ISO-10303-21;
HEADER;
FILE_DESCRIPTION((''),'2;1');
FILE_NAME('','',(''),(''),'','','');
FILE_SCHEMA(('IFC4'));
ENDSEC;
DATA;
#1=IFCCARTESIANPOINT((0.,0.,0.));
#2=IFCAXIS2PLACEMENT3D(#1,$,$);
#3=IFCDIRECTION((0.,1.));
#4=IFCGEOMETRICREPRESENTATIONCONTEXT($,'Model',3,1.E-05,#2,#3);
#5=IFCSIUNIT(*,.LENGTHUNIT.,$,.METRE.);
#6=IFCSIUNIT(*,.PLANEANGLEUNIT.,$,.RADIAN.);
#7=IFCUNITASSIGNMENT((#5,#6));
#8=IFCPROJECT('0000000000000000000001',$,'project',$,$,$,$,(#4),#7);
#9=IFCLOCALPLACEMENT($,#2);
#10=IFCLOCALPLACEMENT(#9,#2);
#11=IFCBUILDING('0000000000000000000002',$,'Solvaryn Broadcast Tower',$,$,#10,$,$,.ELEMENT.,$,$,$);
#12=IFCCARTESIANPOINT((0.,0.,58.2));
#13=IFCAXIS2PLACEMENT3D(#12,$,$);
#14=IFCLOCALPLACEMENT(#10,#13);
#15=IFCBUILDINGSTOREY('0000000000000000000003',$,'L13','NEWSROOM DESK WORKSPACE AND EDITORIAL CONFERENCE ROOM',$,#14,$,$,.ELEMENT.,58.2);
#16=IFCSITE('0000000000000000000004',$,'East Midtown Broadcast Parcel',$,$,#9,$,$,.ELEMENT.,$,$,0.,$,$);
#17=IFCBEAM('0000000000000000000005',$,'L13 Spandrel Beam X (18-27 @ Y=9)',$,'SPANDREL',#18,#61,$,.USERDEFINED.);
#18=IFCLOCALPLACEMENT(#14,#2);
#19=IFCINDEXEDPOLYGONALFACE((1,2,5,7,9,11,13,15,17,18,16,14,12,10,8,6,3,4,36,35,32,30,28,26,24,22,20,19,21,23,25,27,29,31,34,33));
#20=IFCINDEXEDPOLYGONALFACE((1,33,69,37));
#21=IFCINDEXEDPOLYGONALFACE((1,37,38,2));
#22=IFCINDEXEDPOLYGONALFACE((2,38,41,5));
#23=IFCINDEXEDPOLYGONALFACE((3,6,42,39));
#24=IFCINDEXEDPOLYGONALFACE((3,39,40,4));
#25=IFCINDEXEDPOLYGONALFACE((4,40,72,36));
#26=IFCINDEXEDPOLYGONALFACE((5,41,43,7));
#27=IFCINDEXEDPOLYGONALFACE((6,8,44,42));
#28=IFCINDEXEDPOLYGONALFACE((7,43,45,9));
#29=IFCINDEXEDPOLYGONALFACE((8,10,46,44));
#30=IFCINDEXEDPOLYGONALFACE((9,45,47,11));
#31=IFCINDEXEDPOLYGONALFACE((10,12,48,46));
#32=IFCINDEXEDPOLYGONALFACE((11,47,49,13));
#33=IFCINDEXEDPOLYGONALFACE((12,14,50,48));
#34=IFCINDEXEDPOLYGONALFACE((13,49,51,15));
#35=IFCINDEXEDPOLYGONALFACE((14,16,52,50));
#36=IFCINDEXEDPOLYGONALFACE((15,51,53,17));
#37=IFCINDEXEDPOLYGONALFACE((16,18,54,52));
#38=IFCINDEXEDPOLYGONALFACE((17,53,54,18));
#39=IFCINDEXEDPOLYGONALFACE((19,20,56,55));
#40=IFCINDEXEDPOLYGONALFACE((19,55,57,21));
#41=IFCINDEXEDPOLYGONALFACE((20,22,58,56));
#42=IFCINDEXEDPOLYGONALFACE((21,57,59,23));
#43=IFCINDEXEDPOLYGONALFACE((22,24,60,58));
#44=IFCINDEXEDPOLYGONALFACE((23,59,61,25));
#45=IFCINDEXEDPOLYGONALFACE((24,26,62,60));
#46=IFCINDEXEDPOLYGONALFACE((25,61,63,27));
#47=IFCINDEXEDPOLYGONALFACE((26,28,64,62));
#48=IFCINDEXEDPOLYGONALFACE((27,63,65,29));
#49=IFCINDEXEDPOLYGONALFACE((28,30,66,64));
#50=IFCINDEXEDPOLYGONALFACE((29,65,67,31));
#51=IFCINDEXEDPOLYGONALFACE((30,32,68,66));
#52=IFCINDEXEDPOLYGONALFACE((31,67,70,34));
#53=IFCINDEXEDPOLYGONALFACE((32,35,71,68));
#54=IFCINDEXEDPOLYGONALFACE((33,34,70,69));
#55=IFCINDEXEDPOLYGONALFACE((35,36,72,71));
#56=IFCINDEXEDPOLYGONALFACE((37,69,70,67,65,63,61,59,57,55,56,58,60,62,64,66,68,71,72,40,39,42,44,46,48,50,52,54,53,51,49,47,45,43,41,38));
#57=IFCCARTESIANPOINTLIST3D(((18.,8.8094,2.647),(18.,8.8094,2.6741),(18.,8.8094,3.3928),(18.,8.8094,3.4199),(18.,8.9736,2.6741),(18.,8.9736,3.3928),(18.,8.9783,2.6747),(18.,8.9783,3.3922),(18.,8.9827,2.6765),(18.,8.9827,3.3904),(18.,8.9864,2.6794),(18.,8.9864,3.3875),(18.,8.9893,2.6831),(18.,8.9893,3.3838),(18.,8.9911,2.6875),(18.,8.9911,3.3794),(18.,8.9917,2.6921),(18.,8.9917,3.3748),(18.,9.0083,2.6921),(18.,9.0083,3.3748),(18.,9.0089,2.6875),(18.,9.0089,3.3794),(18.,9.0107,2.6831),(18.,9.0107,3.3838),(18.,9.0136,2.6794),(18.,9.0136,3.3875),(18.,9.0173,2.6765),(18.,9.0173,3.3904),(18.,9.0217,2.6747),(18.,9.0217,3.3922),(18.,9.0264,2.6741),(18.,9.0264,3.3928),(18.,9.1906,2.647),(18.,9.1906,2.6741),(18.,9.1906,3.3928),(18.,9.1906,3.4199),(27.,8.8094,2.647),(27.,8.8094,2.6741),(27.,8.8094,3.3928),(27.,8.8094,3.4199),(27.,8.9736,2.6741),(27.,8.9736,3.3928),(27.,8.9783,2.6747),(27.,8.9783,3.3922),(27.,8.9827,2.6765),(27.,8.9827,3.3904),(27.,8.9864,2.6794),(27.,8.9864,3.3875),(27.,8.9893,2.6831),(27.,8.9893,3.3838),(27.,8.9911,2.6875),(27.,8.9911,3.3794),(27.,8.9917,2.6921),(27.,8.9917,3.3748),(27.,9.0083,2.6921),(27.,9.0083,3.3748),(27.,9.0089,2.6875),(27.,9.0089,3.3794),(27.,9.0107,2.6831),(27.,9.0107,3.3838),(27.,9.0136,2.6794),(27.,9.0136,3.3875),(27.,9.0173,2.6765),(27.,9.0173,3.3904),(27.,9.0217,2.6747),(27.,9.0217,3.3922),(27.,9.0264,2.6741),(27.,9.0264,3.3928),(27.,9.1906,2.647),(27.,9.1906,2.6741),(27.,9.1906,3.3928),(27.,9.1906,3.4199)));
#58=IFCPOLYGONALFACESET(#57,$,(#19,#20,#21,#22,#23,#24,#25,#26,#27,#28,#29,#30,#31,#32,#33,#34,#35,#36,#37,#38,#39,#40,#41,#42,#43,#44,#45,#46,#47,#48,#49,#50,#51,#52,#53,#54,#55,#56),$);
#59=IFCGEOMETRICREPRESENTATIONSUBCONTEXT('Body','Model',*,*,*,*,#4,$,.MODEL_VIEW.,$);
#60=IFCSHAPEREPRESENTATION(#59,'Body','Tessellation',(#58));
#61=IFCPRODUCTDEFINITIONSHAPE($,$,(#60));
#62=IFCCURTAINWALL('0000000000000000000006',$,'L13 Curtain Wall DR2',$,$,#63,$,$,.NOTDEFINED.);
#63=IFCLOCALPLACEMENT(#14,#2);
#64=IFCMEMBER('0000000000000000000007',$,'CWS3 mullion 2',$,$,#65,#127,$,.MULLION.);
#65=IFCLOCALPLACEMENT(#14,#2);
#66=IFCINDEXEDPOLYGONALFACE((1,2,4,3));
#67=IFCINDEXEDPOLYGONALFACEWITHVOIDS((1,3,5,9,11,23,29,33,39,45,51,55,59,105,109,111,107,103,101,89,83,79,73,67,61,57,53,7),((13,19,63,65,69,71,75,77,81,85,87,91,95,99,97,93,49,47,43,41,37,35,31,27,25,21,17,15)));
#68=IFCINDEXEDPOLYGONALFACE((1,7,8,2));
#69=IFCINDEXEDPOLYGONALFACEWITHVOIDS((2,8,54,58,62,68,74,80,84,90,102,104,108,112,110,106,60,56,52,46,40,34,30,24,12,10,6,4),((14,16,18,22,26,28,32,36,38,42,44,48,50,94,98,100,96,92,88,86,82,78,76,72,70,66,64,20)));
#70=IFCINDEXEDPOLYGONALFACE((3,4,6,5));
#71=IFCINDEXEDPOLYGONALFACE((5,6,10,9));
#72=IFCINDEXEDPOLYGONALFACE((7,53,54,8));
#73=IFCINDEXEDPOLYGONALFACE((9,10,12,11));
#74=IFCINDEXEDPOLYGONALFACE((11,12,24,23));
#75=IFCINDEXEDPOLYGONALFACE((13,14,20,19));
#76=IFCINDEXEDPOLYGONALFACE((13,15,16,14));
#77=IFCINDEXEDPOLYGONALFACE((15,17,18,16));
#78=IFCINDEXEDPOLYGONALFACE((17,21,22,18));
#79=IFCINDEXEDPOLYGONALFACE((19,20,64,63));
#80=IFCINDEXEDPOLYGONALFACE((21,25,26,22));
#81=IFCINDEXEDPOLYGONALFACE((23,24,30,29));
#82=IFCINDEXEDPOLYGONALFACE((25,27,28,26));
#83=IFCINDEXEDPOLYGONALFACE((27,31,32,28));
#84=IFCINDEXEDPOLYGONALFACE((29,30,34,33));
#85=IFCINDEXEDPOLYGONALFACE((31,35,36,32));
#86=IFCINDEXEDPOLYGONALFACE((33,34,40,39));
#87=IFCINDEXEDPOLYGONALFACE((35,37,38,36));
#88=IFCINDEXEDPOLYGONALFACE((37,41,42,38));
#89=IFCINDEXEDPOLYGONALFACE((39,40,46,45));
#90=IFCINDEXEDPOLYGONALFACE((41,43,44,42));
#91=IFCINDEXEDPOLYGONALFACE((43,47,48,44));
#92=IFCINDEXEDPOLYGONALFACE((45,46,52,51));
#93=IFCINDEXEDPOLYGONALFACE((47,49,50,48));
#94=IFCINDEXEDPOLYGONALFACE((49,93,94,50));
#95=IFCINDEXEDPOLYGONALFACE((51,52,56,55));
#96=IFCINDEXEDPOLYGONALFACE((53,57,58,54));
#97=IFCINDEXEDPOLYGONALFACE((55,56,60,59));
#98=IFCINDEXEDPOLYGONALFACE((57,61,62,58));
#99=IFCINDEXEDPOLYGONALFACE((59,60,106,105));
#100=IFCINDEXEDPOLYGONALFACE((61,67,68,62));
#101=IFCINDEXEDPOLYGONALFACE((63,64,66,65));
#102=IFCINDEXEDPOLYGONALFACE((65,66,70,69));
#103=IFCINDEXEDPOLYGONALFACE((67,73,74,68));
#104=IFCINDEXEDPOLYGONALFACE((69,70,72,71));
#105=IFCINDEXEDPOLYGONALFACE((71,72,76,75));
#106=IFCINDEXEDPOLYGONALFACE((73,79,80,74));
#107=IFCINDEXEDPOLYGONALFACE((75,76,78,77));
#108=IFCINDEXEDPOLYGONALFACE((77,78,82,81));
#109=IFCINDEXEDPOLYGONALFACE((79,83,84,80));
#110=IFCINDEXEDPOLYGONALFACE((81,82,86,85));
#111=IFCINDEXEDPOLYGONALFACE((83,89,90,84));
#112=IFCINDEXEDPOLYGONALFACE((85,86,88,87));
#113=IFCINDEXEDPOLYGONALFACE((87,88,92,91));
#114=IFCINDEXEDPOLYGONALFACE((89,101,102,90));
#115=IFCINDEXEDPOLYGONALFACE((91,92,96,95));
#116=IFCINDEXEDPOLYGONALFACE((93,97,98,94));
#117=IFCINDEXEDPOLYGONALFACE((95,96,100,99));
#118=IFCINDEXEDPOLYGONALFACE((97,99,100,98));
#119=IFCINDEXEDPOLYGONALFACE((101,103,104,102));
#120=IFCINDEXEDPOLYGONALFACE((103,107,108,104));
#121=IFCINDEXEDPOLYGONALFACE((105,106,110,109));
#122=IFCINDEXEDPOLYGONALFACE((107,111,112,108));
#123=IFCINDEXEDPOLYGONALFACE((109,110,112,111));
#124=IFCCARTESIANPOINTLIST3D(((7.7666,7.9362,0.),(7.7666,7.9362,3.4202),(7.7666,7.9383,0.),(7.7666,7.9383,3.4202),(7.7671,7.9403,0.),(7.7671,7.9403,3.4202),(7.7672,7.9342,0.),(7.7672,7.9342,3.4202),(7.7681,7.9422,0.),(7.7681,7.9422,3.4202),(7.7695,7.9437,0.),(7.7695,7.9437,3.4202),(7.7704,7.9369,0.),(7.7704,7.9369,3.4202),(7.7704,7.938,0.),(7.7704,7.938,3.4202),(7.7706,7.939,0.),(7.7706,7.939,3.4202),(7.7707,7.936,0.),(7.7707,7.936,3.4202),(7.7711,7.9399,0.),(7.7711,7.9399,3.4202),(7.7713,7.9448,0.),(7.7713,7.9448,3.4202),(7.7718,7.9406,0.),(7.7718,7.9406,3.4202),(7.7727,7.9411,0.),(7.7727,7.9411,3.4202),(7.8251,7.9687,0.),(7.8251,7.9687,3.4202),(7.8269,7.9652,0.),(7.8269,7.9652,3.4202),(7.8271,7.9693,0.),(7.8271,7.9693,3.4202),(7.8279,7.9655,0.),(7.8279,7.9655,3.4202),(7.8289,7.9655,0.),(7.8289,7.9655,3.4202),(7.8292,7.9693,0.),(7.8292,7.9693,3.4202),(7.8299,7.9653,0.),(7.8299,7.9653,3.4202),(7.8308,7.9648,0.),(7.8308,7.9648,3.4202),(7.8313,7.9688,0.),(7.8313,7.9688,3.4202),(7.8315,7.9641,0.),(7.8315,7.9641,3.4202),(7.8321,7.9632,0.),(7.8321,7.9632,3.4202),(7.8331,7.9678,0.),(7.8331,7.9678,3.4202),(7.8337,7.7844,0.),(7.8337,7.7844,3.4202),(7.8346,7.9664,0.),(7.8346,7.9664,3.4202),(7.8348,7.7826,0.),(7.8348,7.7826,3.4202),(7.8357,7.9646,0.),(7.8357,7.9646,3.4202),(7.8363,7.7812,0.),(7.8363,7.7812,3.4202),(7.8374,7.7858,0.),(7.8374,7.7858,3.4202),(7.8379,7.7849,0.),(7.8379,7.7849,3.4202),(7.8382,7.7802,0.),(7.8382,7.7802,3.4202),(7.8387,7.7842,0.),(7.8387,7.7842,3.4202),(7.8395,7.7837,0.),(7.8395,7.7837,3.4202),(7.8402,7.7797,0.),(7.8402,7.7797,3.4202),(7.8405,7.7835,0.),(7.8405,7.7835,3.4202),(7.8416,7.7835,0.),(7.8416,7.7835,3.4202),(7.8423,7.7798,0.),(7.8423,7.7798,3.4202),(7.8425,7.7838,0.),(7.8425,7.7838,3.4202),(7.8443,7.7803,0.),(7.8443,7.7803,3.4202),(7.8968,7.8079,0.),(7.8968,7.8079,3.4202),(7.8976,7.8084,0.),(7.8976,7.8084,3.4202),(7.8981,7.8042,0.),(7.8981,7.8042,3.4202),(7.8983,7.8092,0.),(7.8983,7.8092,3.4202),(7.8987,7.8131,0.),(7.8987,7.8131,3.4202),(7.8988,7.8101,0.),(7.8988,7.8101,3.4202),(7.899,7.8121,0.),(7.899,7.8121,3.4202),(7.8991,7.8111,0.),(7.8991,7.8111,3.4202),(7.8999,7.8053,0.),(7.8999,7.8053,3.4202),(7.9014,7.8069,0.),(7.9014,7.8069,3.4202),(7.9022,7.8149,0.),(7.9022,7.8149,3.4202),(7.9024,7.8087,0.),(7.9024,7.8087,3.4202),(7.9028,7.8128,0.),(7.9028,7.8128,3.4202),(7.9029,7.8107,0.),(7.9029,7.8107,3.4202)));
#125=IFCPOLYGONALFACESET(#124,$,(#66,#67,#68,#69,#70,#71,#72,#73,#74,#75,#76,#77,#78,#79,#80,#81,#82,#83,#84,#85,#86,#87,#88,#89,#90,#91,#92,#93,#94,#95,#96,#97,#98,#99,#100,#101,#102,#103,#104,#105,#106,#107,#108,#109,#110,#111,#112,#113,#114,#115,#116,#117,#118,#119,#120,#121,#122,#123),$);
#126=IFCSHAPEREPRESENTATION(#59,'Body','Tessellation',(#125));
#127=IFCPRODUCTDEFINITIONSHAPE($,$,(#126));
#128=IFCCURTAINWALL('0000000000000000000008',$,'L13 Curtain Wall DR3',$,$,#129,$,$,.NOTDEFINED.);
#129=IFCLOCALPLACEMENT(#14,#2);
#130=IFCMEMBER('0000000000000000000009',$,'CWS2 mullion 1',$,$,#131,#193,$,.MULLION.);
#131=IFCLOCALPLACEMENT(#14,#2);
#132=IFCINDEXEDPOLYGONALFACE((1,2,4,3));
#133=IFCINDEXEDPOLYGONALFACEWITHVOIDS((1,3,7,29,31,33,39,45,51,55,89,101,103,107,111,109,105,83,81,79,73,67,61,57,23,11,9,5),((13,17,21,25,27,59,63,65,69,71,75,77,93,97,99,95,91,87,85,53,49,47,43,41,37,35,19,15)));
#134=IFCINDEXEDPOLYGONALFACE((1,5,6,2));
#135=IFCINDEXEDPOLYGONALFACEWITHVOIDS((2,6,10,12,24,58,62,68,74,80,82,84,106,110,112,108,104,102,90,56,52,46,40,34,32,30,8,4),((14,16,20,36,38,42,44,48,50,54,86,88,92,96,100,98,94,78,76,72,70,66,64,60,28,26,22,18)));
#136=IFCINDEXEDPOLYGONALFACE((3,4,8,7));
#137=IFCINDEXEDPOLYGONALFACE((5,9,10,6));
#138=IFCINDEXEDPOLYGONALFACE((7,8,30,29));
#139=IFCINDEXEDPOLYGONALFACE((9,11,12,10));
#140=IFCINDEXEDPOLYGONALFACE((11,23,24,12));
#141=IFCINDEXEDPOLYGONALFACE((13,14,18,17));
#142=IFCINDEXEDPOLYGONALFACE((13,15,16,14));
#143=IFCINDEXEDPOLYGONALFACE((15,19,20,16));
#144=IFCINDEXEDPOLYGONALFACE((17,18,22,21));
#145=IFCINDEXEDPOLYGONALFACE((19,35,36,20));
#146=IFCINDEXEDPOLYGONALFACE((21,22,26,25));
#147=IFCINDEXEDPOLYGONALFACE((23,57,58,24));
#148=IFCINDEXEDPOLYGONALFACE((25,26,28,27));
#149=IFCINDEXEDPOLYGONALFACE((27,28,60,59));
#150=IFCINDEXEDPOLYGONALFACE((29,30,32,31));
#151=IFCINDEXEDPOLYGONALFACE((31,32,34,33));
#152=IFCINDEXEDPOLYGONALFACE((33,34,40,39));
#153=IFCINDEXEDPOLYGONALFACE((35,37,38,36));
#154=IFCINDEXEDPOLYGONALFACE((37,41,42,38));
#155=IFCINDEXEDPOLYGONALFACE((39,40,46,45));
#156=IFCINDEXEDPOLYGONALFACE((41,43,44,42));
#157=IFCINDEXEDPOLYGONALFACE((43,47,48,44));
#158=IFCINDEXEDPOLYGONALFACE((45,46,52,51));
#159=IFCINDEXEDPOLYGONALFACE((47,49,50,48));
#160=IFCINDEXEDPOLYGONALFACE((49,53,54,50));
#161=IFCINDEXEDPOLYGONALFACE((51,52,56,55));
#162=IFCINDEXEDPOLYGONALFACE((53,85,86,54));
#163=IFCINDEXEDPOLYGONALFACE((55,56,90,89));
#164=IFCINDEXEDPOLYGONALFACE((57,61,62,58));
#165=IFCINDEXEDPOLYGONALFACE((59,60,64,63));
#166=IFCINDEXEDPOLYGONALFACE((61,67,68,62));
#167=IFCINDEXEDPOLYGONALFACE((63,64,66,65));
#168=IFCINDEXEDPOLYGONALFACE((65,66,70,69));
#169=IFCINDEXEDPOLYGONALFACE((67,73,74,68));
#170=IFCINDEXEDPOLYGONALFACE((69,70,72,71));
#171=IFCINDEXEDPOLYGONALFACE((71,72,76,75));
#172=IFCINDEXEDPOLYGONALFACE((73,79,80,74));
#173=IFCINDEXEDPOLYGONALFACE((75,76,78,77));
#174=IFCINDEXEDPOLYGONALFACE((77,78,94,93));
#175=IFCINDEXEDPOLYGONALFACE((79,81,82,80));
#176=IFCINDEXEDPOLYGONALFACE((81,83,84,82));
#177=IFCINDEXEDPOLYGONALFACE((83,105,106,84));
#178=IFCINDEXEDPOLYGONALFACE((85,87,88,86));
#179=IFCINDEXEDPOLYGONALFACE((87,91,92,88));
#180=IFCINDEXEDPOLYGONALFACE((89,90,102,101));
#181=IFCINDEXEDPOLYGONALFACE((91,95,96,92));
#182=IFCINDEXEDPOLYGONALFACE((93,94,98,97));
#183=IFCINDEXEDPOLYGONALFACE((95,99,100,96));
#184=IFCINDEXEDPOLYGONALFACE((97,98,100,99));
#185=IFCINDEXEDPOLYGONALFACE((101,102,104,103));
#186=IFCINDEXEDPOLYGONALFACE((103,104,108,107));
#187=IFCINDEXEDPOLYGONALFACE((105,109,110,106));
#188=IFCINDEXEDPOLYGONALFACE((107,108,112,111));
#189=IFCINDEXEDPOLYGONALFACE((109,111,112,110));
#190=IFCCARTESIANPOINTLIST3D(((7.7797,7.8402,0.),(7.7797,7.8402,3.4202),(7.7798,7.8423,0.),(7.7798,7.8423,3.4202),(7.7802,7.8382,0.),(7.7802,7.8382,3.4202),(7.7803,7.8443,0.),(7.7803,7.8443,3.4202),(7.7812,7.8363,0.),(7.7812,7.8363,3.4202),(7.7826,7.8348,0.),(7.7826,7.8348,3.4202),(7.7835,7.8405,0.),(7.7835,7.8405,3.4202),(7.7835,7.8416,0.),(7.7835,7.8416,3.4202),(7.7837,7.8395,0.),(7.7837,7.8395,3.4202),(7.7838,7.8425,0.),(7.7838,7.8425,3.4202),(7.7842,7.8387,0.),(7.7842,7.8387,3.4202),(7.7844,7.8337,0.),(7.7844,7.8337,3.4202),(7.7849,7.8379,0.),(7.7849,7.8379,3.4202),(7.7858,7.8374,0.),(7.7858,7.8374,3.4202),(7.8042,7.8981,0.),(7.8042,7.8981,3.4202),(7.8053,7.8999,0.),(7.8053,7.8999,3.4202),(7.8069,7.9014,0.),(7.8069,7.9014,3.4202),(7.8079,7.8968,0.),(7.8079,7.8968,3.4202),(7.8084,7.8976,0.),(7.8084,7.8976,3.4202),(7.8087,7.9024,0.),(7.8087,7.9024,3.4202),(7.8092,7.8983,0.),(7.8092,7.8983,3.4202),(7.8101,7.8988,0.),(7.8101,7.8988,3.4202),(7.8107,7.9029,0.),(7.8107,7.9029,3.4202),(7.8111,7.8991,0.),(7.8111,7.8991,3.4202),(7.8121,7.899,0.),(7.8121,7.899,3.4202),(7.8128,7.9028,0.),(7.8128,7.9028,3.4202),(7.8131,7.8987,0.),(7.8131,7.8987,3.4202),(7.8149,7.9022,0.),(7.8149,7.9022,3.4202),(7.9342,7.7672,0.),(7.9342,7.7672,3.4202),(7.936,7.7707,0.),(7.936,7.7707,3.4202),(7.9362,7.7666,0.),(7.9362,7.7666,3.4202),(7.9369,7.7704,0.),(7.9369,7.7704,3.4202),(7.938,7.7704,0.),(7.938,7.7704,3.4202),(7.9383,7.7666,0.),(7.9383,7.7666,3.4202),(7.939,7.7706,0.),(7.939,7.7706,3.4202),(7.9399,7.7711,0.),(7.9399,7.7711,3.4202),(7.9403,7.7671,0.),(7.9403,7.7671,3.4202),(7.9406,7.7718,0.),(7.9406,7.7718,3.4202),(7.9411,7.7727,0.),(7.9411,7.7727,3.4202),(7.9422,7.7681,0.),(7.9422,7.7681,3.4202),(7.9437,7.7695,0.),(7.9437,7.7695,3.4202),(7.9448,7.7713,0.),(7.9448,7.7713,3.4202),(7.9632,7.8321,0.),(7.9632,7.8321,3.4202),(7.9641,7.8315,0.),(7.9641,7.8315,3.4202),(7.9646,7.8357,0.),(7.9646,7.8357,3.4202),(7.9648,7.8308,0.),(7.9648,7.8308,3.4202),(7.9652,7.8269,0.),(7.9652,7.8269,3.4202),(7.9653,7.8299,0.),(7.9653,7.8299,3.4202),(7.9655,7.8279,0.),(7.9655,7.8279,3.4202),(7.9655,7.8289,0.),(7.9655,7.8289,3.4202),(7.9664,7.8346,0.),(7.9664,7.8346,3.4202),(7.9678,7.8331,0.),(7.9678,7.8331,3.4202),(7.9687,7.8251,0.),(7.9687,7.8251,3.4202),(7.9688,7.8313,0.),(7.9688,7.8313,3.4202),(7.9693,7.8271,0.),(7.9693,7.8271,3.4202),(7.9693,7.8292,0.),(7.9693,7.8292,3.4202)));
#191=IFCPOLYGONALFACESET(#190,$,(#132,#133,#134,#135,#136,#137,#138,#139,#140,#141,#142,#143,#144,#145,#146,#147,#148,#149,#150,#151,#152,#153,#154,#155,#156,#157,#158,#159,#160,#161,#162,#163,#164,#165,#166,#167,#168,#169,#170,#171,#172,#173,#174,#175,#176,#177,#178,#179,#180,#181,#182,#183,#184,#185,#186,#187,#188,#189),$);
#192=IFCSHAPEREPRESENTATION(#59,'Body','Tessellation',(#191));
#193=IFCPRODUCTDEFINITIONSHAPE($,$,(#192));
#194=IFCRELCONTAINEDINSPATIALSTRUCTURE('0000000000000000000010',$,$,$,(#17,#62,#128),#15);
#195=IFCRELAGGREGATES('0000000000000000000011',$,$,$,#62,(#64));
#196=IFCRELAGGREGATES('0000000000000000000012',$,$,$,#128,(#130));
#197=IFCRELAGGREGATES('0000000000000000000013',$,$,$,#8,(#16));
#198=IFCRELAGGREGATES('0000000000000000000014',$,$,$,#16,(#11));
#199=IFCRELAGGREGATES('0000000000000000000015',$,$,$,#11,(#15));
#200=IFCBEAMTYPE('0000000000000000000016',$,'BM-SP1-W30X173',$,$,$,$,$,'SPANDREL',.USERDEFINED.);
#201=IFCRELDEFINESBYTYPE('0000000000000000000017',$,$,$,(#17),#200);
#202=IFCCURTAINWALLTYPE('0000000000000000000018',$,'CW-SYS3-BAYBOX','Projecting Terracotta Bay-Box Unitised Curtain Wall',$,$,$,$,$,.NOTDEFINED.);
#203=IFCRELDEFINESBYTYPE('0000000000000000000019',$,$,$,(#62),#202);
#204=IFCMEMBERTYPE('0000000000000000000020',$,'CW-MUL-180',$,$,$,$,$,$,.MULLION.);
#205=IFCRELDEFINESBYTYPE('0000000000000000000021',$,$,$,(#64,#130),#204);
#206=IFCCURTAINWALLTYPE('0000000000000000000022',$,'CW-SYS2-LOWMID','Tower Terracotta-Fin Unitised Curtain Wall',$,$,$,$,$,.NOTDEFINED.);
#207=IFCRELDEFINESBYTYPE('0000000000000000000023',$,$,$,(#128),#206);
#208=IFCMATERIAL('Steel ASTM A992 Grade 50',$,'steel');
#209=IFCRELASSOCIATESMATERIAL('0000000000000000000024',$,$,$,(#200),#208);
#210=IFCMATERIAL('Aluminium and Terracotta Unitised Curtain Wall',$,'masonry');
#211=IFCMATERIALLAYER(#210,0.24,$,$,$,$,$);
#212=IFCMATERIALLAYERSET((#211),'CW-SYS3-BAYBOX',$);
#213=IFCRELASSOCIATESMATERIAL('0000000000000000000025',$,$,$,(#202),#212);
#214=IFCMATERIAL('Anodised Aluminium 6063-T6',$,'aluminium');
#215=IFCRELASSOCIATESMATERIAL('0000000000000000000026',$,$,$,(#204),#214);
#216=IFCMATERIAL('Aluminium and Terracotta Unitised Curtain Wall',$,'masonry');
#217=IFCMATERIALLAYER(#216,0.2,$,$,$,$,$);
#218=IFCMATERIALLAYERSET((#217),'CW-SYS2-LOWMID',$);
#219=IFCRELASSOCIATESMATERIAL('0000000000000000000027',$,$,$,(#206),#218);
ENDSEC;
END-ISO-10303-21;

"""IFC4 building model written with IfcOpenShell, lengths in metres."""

from ifc_helpers import new_model, si_unit, direction, frame, origin, origin_2d, place, context, subcontext, project, spatial, hollow_rectangle, i_section, extrude, material, layer, layer_set, material_profile, profile_set, type_object, element, aggregate, save


model = new_model("IFC4")

# Units and contexts
model_context = context("Model", 3, precision=1e-05, world=origin(), true_north=direction((0.0, 1.0)))
body_context = subcontext(model_context, "Body", "Model", "MODEL_VIEW")
ifc_project = project(units=[si_unit("LENGTHUNIT", "METRE"), si_unit("PLANEANGLEUNIT", "RADIAN")], contexts=[model_context])

# Site, building, storey
site_placement = place(None, origin())
site = spatial("IfcSite", under=ifc_project, at=site_placement, Name="East Midtown Broadcast Parcel", CompositionType="ELEMENT", RefElevation=0.0)
building_placement = place(site_placement, origin())
building = spatial("IfcBuilding", under=site, at=building_placement, Name="Solvaryn Broadcast Tower", CompositionType="ELEMENT")
storey_placement = place(building_placement, frame((0.0, 0.0, 58.2)))
storey = spatial("IfcBuildingStorey", under=building, at=storey_placement, Name="L13", Description="NEWSROOM DESK WORKSPACE AND EDITORIAL CONFERENCE ROOM", CompositionType="ELEMENT", Elevation=58.2)

# Beam
ifc_material_1 = material(Name="Steel ASTM A992 Grade 50", Category="steel")
ifc_material_profile_1 = material_profile(ifc_material_1, i_section(OverallWidth=0.3811, OverallDepth=0.7729, WebThickness=0.0166, FlangeThickness=0.0271, FilletRadius=0.0181, at=origin_2d()))
ifc_profile_set_1 = profile_set([ifc_material_profile_1], Name="Steel ASTM A992 Grade 50")
beam_type_1 = type_object("IfcBeamType", Name="BM-SP1-W30X173", ElementType="SPANDREL", PredefinedType="USERDEFINED", material=ifc_profile_set_1)
beam_1_placement = place(storey_placement, frame((18.0, 9.0, 3.0334), z_axis=(1.0, 0.0, 0.0), x_axis=(0.0, 1.0, 0.0)))
element("IfcBeam", 1, at=beam_1_placement, inside=storey, type_object=beam_type_1, Name="L13 Spandrel Beam X (18-27 @ Y=9)", ObjectType="SPANDREL", PredefinedType="USERDEFINED", context=body_context, shape_type="SweptSolid", body=[
    extrude(i_section(OverallWidth=0.3811, OverallDepth=0.7729, WebThickness=0.0166, FlangeThickness=0.0271, FilletRadius=0.0181, at=origin_2d()), origin(), (0.0, 0.0, 1.0), 9.0),
])

# Curtain wall, member
ifc_material_2 = material(Name="Aluminium and Terracotta Unitised Curtain Wall", Category="masonry")
ifc_layer_1 = layer(ifc_material_2, 0.24)
ifc_layer_set_1 = layer_set([ifc_layer_1], Name="CW-SYS3-BAYBOX")
curtain_wall_type_1 = type_object("IfcCurtainWallType", Name="CW-SYS3-BAYBOX", Description="Projecting Terracotta Bay-Box Unitised Curtain Wall", PredefinedType="NOTDEFINED", material=ifc_layer_set_1)
curtain_wall_1_placement = place(storey_placement, origin())
curtain_wall_1 = element("IfcCurtainWall", 2, at=curtain_wall_1_placement, inside=storey, type_object=curtain_wall_type_1, Name="L13 Curtain Wall DR2", PredefinedType="NOTDEFINED")
ifc_material_3 = material(Name="Anodised Aluminium 6063-T6", Category="aluminium")
ifc_material_profile_2 = material_profile(ifc_material_3, hollow_rectangle(XDim=0.075, YDim=0.1799, WallThickness=0.0039, InnerFilletRadius=0.0039, OuterFilletRadius=0.0081, at=origin_2d()))
ifc_profile_set_2 = profile_set([ifc_material_profile_2], Name="Anodised Aluminium 6063-T6")
member_type_1 = type_object("IfcMemberType", Name="CW-MUL-180", PredefinedType="MULLION", material=ifc_profile_set_2)
member_1_placement = place(storey_placement, frame((7.8347, 7.8745, 0.0), z_axis=(0.0, 0.0, 1.0), x_axis=(0.913918, 0.405898, 0.0)))
member_1 = element("IfcMember", 3, at=member_1_placement, type_object=member_type_1, Name="CWS3 mullion 2", PredefinedType="MULLION", context=body_context, shape_type="SweptSolid", body=[
    extrude(hollow_rectangle(XDim=0.075, YDim=0.1799, WallThickness=0.0039, InnerFilletRadius=0.0039, OuterFilletRadius=0.0081, at=origin_2d()), origin(), (0.0, 0.0, 1.0), 3.4202),
])
aggregate(curtain_wall_1, [member_1])

# Curtain wall, member
ifc_material_4 = material(Name="Aluminium and Terracotta Unitised Curtain Wall", Category="masonry")
ifc_layer_2 = layer(ifc_material_4, 0.2)
ifc_layer_set_2 = layer_set([ifc_layer_2], Name="CW-SYS2-LOWMID")
curtain_wall_type_2 = type_object("IfcCurtainWallType", Name="CW-SYS2-LOWMID", Description="Tower Terracotta-Fin Unitised Curtain Wall", PredefinedType="NOTDEFINED", material=ifc_layer_set_2)
curtain_wall_2_placement = place(storey_placement, origin())
curtain_wall_2 = element("IfcCurtainWall", 4, at=curtain_wall_2_placement, inside=storey, type_object=curtain_wall_type_2, Name="L13 Curtain Wall DR3", PredefinedType="NOTDEFINED")
member_2_placement = place(storey_placement, frame((7.8745, 7.8347, 0.0), z_axis=(0.0, 0.0, 1.0), x_axis=(0.405898, 0.913918, 0.0)))
member_2 = element("IfcMember", 5, at=member_2_placement, type_object=member_type_1, Name="CWS2 mullion 1", PredefinedType="MULLION", context=body_context, shape_type="SweptSolid", body=[
    extrude(hollow_rectangle(XDim=0.075, YDim=0.1799, WallThickness=0.0039, InnerFilletRadius=0.0039, OuterFilletRadius=0.0081, at=origin_2d()), origin(), (0.0, 0.0, 1.0), 3.4202),
])
aggregate(curtain_wall_2, [member_2])

save(model, "model.ifc")
